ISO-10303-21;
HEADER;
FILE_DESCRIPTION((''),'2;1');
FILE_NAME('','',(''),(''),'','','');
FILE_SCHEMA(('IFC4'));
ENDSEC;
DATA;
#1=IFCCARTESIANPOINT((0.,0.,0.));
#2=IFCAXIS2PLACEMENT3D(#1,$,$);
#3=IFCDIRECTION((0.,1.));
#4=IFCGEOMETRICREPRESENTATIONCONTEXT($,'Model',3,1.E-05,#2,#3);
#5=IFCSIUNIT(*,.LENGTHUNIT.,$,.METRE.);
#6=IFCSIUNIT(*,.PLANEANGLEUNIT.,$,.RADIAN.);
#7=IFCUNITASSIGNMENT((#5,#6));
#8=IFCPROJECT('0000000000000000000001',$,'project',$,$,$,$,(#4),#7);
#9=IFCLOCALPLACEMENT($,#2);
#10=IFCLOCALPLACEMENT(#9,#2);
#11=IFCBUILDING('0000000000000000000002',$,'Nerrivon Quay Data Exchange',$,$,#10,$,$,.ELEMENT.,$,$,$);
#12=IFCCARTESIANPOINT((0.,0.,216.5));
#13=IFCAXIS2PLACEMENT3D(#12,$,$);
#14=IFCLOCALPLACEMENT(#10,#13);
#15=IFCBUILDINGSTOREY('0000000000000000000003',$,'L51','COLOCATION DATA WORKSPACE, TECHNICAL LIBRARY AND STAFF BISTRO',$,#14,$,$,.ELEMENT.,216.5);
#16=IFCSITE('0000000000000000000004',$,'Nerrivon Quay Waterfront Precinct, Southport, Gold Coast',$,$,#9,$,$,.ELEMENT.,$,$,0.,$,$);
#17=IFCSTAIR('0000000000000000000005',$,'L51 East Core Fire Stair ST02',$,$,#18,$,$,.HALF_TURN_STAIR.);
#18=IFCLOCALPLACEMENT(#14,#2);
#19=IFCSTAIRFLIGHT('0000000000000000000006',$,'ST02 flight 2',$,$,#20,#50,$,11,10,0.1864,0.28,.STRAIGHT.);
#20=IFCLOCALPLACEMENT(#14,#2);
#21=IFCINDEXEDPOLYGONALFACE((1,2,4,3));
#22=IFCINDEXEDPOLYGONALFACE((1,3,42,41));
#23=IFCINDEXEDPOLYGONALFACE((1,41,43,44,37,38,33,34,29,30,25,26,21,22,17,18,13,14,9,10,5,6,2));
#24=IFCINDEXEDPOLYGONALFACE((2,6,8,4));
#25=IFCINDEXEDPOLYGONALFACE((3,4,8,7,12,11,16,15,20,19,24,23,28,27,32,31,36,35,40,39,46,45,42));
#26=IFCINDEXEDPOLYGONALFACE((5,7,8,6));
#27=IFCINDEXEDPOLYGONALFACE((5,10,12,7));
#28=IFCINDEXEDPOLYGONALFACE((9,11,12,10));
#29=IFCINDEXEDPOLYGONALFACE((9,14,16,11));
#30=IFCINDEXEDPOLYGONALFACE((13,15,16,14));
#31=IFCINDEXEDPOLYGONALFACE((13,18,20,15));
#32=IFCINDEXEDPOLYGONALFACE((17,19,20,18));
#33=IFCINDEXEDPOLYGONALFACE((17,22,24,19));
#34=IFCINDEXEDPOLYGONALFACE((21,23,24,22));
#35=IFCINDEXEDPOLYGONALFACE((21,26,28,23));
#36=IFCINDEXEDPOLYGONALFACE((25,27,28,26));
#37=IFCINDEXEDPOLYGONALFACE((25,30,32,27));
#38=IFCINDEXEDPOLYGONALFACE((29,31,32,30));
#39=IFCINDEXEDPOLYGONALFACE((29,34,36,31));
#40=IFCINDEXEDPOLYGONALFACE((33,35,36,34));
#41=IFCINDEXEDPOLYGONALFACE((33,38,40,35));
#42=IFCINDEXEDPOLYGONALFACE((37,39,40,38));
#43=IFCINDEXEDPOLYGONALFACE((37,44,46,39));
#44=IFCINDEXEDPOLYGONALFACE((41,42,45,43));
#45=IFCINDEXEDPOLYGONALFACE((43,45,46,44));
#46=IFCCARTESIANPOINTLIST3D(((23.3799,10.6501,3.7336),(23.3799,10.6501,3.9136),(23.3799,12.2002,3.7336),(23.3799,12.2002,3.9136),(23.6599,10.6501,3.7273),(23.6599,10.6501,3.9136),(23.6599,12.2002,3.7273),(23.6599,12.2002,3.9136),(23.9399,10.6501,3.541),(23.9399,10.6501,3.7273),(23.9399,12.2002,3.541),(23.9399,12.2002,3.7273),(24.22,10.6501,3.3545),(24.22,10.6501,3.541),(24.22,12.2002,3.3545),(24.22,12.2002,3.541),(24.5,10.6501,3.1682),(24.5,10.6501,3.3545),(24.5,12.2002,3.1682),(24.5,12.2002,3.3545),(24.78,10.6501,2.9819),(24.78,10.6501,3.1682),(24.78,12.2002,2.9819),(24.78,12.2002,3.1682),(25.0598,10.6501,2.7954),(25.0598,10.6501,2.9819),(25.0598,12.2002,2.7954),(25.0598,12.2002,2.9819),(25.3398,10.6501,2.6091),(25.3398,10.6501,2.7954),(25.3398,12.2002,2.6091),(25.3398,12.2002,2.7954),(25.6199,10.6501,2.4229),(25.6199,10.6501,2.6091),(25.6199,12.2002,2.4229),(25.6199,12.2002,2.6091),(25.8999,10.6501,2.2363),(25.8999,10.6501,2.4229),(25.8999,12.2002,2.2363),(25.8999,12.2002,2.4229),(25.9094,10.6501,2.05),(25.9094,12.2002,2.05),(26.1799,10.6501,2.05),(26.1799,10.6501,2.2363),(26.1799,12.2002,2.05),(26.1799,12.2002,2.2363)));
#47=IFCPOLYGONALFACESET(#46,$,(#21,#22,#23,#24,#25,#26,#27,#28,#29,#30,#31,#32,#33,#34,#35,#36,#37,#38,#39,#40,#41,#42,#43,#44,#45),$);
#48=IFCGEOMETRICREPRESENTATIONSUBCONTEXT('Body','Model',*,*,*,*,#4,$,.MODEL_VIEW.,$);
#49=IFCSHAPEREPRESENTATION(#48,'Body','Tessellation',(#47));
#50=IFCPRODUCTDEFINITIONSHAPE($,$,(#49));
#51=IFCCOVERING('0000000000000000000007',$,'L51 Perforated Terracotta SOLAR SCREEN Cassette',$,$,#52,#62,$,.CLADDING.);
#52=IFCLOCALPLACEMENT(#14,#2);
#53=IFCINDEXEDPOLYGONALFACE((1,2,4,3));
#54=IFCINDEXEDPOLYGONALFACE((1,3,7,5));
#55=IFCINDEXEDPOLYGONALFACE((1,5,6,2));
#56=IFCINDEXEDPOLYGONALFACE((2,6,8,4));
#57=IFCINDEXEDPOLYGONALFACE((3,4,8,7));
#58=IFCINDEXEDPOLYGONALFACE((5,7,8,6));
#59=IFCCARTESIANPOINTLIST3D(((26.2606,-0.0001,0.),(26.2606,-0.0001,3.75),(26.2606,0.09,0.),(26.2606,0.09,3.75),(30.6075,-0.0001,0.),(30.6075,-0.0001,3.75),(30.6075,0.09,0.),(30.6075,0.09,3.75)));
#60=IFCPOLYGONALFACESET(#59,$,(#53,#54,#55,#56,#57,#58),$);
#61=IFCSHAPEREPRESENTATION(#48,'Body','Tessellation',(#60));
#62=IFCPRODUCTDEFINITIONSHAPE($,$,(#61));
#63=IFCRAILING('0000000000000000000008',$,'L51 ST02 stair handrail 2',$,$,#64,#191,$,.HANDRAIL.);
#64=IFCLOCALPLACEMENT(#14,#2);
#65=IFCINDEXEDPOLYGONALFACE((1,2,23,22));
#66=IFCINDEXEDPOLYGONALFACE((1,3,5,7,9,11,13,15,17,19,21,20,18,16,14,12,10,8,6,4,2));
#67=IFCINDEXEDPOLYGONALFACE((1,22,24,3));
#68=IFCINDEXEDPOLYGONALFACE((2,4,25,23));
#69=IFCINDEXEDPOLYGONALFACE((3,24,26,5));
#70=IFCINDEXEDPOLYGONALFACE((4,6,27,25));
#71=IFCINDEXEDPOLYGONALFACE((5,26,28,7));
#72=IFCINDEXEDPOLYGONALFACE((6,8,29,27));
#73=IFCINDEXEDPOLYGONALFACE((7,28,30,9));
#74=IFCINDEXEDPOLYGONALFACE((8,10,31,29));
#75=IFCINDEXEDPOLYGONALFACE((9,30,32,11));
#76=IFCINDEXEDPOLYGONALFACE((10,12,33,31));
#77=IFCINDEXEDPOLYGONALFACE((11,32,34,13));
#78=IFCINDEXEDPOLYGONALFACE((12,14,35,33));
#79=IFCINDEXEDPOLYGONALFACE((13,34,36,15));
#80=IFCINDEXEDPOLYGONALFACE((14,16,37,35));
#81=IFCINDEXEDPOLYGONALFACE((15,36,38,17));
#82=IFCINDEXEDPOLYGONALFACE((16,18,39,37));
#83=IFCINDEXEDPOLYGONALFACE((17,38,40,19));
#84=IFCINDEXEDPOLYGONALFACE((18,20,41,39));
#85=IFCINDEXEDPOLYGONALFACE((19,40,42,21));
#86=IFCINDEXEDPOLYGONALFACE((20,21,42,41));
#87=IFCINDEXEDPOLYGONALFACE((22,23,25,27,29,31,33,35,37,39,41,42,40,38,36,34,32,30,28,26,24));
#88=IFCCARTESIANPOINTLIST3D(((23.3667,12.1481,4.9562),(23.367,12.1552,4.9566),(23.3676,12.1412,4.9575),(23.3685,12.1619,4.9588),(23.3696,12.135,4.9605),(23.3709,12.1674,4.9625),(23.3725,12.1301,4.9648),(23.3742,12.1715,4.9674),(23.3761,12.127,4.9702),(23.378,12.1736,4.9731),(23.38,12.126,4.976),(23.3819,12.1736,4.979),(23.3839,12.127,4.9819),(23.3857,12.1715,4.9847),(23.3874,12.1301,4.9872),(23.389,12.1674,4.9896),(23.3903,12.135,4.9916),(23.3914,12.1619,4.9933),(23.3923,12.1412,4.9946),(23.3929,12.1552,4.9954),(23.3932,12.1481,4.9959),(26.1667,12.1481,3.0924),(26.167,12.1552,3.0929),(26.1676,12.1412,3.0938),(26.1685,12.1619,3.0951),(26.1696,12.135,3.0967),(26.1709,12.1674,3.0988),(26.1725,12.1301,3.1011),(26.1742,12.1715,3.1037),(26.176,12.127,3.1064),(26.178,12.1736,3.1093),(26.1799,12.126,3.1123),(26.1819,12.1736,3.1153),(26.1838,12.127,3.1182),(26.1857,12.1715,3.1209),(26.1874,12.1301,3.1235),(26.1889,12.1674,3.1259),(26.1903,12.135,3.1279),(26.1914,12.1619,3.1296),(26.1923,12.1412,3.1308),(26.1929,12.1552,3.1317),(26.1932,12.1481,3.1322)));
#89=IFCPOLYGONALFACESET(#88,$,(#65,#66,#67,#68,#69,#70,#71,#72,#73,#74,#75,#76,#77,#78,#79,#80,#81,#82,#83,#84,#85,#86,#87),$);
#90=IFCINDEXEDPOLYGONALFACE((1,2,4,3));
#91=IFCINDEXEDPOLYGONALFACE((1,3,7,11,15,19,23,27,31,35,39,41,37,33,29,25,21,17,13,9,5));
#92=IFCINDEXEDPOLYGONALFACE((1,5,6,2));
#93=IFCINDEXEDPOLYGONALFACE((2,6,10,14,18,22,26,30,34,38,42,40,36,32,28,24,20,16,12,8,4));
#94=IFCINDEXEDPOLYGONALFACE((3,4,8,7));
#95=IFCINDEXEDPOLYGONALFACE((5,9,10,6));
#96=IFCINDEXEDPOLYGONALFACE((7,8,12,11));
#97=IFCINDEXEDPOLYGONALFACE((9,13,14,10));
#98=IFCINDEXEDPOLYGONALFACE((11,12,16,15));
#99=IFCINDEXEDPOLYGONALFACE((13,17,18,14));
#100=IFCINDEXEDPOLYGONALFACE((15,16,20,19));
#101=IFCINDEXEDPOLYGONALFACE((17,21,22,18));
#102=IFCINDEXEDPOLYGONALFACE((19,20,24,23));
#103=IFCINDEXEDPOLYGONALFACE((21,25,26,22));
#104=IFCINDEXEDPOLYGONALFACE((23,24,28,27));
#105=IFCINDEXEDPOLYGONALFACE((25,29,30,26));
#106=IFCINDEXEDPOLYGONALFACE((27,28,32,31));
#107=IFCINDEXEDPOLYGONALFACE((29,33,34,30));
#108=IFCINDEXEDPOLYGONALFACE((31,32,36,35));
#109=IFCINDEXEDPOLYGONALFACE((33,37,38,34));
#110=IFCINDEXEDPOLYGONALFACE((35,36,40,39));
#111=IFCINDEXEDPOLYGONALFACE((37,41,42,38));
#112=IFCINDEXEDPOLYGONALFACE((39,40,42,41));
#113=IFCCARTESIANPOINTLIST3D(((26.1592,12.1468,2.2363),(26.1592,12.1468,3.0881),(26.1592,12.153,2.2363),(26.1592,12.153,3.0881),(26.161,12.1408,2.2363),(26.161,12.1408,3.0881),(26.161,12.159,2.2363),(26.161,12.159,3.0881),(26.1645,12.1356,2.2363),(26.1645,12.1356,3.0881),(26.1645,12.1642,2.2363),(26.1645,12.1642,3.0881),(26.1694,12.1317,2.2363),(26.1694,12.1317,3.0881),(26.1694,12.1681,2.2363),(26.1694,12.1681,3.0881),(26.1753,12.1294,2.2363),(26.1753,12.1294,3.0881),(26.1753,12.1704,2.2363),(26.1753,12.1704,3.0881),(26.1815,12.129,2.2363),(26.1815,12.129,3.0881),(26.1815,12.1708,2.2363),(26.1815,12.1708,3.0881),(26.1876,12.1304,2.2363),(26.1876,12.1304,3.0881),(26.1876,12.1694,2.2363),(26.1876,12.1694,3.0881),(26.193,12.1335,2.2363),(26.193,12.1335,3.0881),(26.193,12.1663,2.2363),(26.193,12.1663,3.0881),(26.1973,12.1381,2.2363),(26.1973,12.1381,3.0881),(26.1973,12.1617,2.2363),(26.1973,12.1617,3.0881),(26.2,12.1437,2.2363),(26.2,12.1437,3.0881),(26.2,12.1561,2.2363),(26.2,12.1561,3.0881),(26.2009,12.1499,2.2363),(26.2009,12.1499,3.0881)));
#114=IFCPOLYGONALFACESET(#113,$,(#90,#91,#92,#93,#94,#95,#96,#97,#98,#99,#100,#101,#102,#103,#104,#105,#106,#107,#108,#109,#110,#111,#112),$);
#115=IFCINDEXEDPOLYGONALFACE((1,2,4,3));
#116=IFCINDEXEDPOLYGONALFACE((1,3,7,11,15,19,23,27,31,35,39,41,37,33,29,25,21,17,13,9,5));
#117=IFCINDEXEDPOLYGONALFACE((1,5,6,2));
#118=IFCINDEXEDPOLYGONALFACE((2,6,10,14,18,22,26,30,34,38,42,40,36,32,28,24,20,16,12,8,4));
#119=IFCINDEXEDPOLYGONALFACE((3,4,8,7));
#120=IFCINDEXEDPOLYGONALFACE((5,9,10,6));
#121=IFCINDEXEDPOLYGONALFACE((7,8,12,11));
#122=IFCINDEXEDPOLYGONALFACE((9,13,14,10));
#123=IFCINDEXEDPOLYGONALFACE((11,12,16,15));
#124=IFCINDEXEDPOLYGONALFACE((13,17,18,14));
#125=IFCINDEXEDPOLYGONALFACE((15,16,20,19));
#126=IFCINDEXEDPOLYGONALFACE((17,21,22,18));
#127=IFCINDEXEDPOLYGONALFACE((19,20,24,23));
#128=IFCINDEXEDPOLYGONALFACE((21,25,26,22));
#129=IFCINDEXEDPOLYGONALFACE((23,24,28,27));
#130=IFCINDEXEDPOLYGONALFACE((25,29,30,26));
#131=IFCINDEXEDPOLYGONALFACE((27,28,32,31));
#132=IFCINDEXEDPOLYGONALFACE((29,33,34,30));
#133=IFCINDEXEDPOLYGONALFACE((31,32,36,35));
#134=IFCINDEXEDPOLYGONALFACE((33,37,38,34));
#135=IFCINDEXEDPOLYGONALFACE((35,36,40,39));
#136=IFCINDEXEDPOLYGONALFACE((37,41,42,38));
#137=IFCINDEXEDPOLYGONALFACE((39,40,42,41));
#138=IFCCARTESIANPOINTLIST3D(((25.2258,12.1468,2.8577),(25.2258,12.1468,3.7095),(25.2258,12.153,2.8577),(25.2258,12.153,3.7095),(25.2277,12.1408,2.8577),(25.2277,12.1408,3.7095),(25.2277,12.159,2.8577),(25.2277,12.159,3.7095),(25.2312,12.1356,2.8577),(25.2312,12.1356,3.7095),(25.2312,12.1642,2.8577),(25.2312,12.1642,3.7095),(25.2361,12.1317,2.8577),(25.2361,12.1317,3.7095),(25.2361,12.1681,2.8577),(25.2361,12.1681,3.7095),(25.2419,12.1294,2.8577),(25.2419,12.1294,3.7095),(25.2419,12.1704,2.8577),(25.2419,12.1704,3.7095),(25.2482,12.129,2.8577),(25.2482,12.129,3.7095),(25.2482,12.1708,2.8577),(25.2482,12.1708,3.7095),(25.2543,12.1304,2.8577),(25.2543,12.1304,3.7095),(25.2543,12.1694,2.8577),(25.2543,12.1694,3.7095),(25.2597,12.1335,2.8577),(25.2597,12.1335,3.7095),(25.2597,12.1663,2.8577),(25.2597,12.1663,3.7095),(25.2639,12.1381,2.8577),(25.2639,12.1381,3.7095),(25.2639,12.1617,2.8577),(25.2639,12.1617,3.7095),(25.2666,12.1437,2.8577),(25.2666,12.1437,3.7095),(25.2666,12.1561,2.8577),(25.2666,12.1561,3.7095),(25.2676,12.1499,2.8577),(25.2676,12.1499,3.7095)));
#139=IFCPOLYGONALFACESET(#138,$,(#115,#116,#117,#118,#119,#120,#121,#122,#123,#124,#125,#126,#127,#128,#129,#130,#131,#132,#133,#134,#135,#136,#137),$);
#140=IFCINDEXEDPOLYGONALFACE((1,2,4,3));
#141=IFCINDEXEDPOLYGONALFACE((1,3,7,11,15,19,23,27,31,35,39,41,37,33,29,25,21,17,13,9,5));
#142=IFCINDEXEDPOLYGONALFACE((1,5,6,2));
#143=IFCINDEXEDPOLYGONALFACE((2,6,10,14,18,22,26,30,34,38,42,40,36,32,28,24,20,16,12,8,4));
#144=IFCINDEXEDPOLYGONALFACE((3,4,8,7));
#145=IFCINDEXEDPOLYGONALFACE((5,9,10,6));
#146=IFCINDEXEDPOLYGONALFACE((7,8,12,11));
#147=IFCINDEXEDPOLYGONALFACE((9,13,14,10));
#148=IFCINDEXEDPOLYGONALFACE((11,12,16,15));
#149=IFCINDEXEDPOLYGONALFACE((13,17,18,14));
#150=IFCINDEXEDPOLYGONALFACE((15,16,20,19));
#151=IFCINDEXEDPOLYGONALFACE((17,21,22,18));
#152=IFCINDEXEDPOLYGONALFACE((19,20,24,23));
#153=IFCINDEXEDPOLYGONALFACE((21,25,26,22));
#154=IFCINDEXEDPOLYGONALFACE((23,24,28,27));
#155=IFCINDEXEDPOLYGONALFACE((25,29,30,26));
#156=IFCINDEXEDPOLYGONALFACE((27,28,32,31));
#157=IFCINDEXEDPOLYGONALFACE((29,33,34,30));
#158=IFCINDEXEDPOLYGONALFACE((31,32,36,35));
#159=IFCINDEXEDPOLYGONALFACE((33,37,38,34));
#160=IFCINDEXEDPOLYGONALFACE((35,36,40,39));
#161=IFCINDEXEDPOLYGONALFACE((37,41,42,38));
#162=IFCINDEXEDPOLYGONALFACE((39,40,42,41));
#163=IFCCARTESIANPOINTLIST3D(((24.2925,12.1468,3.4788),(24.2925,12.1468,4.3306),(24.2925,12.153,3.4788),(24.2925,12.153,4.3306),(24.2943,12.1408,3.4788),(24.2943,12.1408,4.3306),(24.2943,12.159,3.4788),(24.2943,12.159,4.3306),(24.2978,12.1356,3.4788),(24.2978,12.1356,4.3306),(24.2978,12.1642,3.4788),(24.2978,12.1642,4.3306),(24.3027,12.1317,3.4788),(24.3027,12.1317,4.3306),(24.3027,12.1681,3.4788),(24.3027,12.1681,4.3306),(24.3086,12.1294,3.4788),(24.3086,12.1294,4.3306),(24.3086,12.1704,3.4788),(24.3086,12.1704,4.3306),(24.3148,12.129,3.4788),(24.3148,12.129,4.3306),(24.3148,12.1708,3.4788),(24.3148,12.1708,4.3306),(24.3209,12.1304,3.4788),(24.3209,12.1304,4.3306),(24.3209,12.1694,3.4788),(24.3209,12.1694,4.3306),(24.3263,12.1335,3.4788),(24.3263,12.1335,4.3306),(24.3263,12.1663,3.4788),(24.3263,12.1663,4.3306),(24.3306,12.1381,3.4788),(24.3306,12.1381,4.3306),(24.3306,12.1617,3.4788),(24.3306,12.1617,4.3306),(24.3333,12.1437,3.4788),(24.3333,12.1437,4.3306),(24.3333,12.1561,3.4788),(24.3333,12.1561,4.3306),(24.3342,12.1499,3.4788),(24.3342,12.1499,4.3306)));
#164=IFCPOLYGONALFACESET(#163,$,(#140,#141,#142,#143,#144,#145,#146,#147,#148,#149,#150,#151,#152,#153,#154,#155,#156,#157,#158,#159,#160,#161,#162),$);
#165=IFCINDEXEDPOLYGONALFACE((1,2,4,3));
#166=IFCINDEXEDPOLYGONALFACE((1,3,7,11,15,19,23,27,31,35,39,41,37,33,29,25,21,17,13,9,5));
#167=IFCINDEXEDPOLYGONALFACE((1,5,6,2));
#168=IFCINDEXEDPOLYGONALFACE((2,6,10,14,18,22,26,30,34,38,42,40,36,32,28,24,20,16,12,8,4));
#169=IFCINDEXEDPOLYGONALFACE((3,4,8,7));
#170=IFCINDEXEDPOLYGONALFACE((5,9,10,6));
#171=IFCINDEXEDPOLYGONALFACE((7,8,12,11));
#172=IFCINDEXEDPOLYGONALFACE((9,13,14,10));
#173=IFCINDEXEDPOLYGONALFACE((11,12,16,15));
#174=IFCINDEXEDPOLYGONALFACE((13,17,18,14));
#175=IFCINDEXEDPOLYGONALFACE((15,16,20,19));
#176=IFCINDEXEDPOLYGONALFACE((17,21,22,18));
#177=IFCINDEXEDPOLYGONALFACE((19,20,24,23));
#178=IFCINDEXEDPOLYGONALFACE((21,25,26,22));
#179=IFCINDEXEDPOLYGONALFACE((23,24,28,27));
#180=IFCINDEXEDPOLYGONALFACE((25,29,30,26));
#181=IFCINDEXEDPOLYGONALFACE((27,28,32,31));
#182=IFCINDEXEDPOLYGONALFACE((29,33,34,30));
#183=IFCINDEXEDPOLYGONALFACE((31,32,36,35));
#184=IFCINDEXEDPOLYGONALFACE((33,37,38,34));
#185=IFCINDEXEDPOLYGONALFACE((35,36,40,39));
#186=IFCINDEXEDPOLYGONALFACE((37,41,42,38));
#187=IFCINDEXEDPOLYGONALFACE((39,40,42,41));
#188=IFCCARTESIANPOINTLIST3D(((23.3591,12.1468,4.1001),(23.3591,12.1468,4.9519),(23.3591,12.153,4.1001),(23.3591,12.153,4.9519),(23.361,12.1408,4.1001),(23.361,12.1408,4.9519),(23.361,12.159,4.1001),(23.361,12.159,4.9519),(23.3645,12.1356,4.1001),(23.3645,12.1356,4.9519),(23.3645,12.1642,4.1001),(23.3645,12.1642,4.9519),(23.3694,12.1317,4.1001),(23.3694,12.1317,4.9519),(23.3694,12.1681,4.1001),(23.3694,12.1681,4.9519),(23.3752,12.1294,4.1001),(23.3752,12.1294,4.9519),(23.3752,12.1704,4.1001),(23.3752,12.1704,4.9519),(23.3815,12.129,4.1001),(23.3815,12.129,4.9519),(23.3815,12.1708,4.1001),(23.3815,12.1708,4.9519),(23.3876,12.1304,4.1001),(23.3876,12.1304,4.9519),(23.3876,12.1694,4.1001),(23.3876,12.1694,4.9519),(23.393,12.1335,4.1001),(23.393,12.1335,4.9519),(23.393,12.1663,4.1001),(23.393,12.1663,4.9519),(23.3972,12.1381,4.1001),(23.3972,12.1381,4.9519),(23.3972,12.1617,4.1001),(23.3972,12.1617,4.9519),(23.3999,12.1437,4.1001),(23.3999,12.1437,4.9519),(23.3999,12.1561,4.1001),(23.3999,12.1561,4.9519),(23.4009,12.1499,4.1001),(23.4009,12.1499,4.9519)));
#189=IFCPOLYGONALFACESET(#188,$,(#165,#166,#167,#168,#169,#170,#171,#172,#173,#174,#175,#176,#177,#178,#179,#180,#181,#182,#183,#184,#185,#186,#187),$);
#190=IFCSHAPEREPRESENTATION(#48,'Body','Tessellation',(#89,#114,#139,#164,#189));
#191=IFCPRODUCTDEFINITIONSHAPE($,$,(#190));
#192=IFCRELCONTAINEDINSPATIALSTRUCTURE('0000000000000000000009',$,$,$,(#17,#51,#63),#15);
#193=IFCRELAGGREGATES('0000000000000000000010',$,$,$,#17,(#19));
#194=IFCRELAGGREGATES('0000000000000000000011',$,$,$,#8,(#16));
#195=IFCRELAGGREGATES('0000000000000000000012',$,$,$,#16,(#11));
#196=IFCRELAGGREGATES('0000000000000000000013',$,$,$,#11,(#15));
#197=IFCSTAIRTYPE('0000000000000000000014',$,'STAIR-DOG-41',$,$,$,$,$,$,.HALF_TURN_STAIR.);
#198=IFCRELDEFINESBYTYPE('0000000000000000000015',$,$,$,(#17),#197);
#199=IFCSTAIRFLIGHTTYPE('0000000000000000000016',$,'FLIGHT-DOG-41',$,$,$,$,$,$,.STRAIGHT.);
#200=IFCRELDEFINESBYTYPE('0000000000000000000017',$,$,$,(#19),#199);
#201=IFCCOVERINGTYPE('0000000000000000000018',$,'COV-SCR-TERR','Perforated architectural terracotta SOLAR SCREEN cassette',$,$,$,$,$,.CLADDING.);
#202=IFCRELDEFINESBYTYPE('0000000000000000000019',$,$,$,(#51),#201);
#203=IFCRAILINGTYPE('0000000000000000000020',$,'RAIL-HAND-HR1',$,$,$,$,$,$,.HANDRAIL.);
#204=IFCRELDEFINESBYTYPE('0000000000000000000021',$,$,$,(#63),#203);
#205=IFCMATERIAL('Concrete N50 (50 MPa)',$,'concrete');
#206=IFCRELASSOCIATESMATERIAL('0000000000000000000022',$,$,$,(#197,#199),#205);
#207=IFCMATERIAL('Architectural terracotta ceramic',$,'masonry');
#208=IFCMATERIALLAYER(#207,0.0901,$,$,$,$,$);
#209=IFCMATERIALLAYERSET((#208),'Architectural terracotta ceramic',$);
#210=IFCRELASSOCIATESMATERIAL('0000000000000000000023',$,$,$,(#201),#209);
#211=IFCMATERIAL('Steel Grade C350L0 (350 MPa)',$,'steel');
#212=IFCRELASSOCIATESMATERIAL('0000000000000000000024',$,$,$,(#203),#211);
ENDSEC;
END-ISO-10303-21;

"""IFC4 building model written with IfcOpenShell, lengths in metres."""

from ifc_helpers import new_model, si_unit, direction, frame, origin, origin_2d, place, context, subcontext, project, spatial, polyline, rectangle, circle, outline, extrude, material, layer, layer_set, type_object, element, aggregate, save


model = new_model("IFC4")

# Units and contexts
model_context = context("Model", 3, precision=1e-05, world=origin(), true_north=direction((0.0, 1.0)))
body_context = subcontext(model_context, "Body", "Model", "MODEL_VIEW")
ifc_project = project(units=[si_unit("LENGTHUNIT", "METRE"), si_unit("PLANEANGLEUNIT", "RADIAN")], contexts=[model_context])

# Site, building, storey
site_placement = place(None, origin())
site = spatial("IfcSite", under=ifc_project, at=site_placement, Name="Nerrivon Quay Waterfront Precinct, Southport, Gold Coast", CompositionType="ELEMENT", RefElevation=0.0)
building_placement = place(site_placement, origin())
building = spatial("IfcBuilding", under=site, at=building_placement, Name="Nerrivon Quay Data Exchange", CompositionType="ELEMENT")
storey_placement = place(building_placement, frame((0.0, 0.0, 216.5)))
storey = spatial("IfcBuildingStorey", under=building, at=storey_placement, Name="L51", Description="COLOCATION DATA WORKSPACE, TECHNICAL LIBRARY AND STAFF BISTRO", CompositionType="ELEMENT", Elevation=216.5)

# Shared definitions
ifc_material_1 = material(Name="Steel Grade C350L0 (350 MPa)", Category="steel")

# Shared definitions
ifc_material_2 = material(Name="Concrete N50 (50 MPa)", Category="concrete")

# Stair, stair flight
stair_type = type_object("IfcStairType", Name="STAIR-DOG-41", PredefinedType="HALF_TURN_STAIR", material=ifc_material_2)
stair_placement = place(storey_placement, origin())
stair = element("IfcStair", 1, at=stair_placement, inside=storey, type_object=stair_type, Name="L51 East Core Fire Stair ST02", PredefinedType="HALF_TURN_STAIR")
stair_flight_type = type_object("IfcStairFlightType", Name="FLIGHT-DOG-41", PredefinedType="STRAIGHT", material=ifc_material_2)
stair_flight_placement = place(storey_placement, frame((26.1799, 11.425, 2.05), z_axis=(0.0, 0.0, 1.0), x_axis=(-1.0, 0.0, 0.0)))
stair_flight = element("IfcStairFlight", 2, at=stair_flight_placement, type_object=stair_flight_type, Name="ST02 flight 2", NumberOfRisers=11, NumberOfTreads=10, PredefinedType="STRAIGHT", RiserHeight=0.1864, TreadLength=0.28, context=body_context, shape_type="SweptSolid", body=[
    extrude(outline(polyline([(0.0, 0.0), (0.0, 0.1863), (0.28, 0.1863), (0.28, 0.3728), (0.5601, 0.3728), (0.5601, 0.5591), (0.8401, 0.5591), (0.8401, 0.7454), (1.1201, 0.7454), (1.1201, 0.9319), (1.3999, 0.9319), (1.3999, 1.1182), (1.6799, 1.1182), (1.6799, 1.3044), (1.96, 1.3044), (1.96, 1.491), (2.24, 1.491), (2.24, 1.6772), (2.52, 1.6772), (2.52, 1.8635), (2.8, 1.8635), (2.8, 2.05), (2.8, 1.6836), (0.2705, 0.0), (0.0, 0.0)])), frame((0.0, 0.7749, 0.0), z_axis=(0.0, -1.0, 0.0), x_axis=(1.0, 0.0, 0.0)), (0.0, 0.0, 1.0), 1.55),
])
aggregate(stair, [stair_flight])

# Covering
ifc_material_3 = material(Name="Architectural terracotta ceramic", Category="masonry")
ifc_layer_1 = layer(ifc_material_3, 0.0901)
ifc_layer_set_1 = layer_set([ifc_layer_1], Name="Architectural terracotta ceramic")
covering_type = type_object("IfcCoveringType", Name="COV-SCR-TERR", Description="Perforated architectural terracotta SOLAR SCREEN cassette", PredefinedType="CLADDING", material=ifc_layer_set_1)
covering_placement = place(storey_placement, frame((28.4341, 0.0449, 0.0), z_axis=(0.0, 0.0, 1.0), x_axis=(-1.0, 0.0, 0.0)))
element("IfcCovering", 3, at=covering_placement, inside=storey, type_object=covering_type, Name="L51 Perforated Terracotta SOLAR SCREEN Cassette", PredefinedType="CLADDING", context=body_context, shape_type="SweptSolid", body=[
    extrude(rectangle(XDim=4.3469, YDim=0.0901, at=origin_2d()), origin(), (0.0, 0.0, 1.0), 3.75),
])

# Railing
railing_type_1 = type_object("IfcRailingType", Name="RAIL-HAND-HR1", PredefinedType="HANDRAIL", material=ifc_material_1)
railing_1_placement = place(storey_placement, frame((26.1799, 12.1499, 2.2363)))
element("IfcRailing", 4, at=railing_1_placement, inside=storey, type_object=railing_type_1, Name="L51 ST02 stair handrail 2", PredefinedType="HANDRAIL", context=body_context, shape_type="SweptSolid", body=[
    extrude(circle(Radius=0.0239, at=origin_2d()), frame((0.0, 0.0, 0.876), z_axis=(-0.832452, 0.0, 0.554097), x_axis=(0.0, -1.0, 0.0)), (0.0, 0.0, 1.0), 3.3635),
    extrude(circle(Radius=0.021, at=origin_2d()), origin(), (0.0, 0.0, 1.0), 0.8518),
    extrude(circle(Radius=0.021, at=origin_2d()), frame((-0.9333, 0.0, 0.6213)), (0.0, 0.0, 1.0), 0.8518),
    extrude(circle(Radius=0.021, at=origin_2d()), frame((-1.8667, 0.0, 1.2424)), (0.0, 0.0, 1.0), 0.8518),
    extrude(circle(Radius=0.021, at=origin_2d()), frame((-2.8, 0.0, 1.8638)), (0.0, 0.0, 1.0), 0.8518),
])

save(model, "model.ifc")
